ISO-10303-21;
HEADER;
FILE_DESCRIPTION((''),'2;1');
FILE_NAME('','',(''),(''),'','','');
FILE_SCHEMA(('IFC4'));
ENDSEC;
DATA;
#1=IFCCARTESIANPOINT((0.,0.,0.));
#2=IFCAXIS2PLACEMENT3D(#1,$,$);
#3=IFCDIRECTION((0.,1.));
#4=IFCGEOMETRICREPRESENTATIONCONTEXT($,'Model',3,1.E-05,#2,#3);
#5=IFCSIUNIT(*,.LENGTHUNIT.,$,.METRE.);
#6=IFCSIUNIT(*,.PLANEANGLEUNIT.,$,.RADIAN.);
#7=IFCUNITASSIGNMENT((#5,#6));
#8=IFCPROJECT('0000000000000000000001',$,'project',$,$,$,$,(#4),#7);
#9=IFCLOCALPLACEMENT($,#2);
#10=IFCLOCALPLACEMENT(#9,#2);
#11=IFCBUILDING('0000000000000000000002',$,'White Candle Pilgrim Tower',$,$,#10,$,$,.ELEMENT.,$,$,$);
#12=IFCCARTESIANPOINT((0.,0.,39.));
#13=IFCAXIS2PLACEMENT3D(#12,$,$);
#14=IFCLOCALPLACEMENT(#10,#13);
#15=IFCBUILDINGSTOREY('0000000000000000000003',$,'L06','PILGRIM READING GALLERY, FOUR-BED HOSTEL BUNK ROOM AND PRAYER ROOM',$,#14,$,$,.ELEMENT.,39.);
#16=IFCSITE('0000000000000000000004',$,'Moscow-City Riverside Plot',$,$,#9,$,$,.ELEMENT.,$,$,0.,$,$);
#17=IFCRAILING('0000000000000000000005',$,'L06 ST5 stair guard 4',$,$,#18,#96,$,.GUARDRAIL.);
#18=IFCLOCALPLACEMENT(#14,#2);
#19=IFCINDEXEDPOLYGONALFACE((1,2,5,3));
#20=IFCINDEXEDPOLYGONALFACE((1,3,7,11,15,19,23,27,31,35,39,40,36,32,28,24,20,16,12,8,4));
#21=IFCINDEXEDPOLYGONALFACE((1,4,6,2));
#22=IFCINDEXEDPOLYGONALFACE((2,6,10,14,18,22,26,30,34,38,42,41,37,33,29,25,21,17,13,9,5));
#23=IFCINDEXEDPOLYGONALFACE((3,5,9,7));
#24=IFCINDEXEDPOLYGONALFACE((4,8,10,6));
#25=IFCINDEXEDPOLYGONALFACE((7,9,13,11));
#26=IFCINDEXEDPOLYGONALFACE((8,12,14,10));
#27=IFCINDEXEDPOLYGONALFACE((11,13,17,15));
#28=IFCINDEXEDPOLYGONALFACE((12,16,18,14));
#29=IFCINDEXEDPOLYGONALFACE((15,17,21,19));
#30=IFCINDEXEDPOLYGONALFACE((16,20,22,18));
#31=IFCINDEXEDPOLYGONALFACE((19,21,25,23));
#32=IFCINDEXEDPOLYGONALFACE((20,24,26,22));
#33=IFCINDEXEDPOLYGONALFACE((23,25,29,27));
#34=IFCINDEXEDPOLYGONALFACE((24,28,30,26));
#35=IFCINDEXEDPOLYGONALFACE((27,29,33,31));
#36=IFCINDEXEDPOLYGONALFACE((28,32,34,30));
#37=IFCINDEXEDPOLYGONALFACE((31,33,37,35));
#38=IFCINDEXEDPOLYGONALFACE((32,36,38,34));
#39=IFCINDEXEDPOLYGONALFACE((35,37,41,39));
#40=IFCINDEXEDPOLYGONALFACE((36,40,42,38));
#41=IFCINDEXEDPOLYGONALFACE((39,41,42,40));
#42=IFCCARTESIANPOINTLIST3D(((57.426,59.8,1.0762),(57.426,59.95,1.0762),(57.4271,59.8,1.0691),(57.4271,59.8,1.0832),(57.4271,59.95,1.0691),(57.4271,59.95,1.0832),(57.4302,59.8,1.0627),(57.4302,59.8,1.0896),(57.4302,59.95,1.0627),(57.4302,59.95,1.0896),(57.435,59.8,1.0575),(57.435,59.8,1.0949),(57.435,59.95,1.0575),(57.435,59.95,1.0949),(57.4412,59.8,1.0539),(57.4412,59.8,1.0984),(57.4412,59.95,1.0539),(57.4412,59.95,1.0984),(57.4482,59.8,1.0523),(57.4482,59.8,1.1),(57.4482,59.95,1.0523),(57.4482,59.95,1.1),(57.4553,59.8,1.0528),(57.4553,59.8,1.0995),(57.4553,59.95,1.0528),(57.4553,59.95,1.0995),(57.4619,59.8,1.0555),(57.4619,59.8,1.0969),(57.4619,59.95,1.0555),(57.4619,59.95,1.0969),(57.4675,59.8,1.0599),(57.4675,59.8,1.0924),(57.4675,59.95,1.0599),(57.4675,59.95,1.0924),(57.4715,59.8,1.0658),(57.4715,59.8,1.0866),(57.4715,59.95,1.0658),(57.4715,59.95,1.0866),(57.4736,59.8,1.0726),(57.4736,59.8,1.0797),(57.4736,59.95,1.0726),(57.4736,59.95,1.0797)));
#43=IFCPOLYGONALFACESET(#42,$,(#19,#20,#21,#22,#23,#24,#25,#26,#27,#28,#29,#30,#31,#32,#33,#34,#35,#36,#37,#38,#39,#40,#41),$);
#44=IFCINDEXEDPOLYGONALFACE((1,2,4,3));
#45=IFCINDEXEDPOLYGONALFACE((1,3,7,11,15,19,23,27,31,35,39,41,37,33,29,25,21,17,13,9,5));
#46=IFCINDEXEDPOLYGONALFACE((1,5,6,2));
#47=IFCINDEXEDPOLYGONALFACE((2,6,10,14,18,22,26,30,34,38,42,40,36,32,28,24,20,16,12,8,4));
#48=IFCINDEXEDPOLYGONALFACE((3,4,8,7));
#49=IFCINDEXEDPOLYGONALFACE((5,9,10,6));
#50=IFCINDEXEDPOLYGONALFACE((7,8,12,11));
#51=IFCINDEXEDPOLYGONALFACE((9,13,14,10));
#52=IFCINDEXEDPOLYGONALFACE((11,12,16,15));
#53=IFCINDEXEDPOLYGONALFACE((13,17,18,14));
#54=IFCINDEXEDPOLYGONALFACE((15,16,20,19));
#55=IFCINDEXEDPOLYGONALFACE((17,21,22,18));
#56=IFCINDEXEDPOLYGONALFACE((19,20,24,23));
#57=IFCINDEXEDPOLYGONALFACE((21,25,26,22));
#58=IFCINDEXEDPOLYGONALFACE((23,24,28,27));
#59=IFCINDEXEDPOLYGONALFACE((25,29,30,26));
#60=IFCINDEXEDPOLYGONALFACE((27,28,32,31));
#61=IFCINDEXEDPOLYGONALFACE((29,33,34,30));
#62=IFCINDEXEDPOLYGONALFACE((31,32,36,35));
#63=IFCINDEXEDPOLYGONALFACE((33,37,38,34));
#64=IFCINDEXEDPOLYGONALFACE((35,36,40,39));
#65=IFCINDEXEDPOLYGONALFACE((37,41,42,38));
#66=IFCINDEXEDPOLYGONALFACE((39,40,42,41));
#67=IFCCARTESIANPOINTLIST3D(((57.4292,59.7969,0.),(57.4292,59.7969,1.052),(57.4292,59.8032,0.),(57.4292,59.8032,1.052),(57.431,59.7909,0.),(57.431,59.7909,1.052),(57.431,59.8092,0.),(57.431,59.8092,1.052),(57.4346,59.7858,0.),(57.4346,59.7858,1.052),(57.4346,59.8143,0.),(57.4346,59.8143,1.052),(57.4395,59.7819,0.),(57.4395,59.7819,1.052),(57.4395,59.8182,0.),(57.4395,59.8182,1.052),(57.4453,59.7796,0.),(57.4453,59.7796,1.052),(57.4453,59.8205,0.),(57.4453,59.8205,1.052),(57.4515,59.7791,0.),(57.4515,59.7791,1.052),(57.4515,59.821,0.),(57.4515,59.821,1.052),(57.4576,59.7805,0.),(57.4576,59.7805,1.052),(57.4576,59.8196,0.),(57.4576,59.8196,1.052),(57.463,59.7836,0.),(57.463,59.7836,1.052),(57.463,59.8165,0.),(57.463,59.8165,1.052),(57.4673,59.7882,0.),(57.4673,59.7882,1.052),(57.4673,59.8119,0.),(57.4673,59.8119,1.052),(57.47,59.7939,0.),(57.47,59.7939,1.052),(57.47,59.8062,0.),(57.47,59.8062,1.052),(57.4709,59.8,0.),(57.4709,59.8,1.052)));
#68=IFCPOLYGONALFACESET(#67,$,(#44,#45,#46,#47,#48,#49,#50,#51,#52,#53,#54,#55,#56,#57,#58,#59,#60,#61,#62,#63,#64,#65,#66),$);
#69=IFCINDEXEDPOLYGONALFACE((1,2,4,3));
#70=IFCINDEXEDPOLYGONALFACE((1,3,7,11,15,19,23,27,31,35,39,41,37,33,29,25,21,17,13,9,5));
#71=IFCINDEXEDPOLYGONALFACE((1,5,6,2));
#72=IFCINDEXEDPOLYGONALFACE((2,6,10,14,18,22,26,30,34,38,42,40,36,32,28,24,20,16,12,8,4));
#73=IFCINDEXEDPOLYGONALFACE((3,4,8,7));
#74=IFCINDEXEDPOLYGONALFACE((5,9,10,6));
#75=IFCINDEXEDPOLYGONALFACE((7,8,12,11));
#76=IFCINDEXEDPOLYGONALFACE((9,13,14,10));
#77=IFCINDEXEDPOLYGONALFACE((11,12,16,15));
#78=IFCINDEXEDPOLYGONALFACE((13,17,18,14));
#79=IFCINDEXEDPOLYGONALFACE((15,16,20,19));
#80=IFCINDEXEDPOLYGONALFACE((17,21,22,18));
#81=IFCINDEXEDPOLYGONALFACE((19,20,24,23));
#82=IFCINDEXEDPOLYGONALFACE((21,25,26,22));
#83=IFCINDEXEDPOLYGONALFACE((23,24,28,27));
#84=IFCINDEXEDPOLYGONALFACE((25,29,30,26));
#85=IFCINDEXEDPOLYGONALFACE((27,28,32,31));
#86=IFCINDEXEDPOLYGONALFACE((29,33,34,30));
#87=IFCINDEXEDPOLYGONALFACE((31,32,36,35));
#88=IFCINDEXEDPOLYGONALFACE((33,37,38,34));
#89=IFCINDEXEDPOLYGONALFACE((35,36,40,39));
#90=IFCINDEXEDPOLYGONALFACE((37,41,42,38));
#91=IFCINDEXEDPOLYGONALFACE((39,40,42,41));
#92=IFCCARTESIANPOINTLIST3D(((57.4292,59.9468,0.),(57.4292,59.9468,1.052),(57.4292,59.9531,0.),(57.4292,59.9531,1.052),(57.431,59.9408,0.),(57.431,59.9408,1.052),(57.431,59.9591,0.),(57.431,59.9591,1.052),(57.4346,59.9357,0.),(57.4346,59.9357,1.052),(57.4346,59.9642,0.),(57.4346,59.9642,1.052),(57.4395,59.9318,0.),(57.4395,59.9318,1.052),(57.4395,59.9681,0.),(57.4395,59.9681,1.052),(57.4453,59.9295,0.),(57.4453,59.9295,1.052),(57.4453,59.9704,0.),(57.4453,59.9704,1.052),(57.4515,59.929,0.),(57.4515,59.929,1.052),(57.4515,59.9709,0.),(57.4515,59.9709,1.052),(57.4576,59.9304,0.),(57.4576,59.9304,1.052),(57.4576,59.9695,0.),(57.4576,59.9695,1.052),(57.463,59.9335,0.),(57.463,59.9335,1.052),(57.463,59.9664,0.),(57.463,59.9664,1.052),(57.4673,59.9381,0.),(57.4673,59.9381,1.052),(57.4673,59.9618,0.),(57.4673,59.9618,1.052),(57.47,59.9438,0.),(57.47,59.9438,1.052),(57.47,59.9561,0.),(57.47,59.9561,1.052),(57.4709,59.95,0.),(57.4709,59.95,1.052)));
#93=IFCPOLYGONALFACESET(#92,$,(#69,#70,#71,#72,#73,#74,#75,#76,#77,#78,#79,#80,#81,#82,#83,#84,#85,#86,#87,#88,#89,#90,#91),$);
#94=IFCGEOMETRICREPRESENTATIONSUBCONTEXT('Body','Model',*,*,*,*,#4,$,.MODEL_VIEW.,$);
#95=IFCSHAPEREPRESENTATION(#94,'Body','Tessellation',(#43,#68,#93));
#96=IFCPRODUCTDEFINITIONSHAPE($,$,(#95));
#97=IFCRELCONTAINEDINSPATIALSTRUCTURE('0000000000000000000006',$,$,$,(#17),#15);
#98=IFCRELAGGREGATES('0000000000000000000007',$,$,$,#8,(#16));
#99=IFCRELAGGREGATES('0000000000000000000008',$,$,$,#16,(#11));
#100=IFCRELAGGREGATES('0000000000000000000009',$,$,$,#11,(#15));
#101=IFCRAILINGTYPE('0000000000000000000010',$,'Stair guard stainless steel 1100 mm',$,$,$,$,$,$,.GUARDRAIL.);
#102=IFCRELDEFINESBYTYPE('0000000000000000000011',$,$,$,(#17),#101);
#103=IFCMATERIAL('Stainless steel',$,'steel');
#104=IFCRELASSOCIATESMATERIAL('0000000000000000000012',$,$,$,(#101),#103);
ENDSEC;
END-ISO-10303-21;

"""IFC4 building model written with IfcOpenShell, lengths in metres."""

from ifc_helpers import new_model, si_unit, direction, frame, origin, origin_2d, place, context, subcontext, project, spatial, circle, extrude, material, type_object, element, save


model = new_model("IFC4")

# Units and contexts
model_context = context("Model", 3, precision=1e-05, world=origin(), true_north=direction((0.0, 1.0)))
body_context = subcontext(model_context, "Body", "Model", "MODEL_VIEW")
ifc_project = project(units=[si_unit("LENGTHUNIT", "METRE"), si_unit("PLANEANGLEUNIT", "RADIAN")], contexts=[model_context])

# Site, building, storey
site_placement = place(None, origin())
site = spatial("IfcSite", under=ifc_project, at=site_placement, Name="Moscow-City Riverside Plot", CompositionType="ELEMENT", RefElevation=0.0)
building_placement = place(site_placement, origin())
building = spatial("IfcBuilding", under=site, at=building_placement, Name="White Candle Pilgrim Tower", CompositionType="ELEMENT")
storey_placement = place(building_placement, frame((0.0, 0.0, 39.0)))
storey = spatial("IfcBuildingStorey", under=building, at=storey_placement, Name="L06", Description="PILGRIM READING GALLERY, FOUR-BED HOSTEL BUNK ROOM AND PRAYER ROOM", CompositionType="ELEMENT", Elevation=39.0)

# Railing
ifc_material_1 = material(Name="Stainless steel", Category="steel")
railing_type_1 = type_object("IfcRailingType", Name="Stair guard stainless steel 1100 mm", PredefinedType="GUARDRAIL", material=ifc_material_1)
railing_1_placement = place(storey_placement, frame((57.45, 59.8, 0.0)))
element("IfcRailing", 1, at=railing_1_placement, inside=storey, type_object=railing_type_1, Name="L06 ST5 stair guard 4", PredefinedType="GUARDRAIL", context=body_context, shape_type="SweptSolid", body=[
    extrude(circle(Radius=0.0239, at=origin_2d()), frame((0.0, 0.0, 1.0762), z_axis=(0.0, 1.0, 0.0), x_axis=(-1.0, 0.0, 0.0)), (0.0, 0.0, 1.0), 0.1499),
    extrude(circle(Radius=0.021, at=origin_2d()), origin(), (0.0, 0.0, 1.0), 1.052),
    extrude(circle(Radius=0.021, at=origin_2d()), frame((0.0, 0.1499, 0.0)), (0.0, 0.0, 1.0), 1.052),
])

save(model, "model.ifc")
